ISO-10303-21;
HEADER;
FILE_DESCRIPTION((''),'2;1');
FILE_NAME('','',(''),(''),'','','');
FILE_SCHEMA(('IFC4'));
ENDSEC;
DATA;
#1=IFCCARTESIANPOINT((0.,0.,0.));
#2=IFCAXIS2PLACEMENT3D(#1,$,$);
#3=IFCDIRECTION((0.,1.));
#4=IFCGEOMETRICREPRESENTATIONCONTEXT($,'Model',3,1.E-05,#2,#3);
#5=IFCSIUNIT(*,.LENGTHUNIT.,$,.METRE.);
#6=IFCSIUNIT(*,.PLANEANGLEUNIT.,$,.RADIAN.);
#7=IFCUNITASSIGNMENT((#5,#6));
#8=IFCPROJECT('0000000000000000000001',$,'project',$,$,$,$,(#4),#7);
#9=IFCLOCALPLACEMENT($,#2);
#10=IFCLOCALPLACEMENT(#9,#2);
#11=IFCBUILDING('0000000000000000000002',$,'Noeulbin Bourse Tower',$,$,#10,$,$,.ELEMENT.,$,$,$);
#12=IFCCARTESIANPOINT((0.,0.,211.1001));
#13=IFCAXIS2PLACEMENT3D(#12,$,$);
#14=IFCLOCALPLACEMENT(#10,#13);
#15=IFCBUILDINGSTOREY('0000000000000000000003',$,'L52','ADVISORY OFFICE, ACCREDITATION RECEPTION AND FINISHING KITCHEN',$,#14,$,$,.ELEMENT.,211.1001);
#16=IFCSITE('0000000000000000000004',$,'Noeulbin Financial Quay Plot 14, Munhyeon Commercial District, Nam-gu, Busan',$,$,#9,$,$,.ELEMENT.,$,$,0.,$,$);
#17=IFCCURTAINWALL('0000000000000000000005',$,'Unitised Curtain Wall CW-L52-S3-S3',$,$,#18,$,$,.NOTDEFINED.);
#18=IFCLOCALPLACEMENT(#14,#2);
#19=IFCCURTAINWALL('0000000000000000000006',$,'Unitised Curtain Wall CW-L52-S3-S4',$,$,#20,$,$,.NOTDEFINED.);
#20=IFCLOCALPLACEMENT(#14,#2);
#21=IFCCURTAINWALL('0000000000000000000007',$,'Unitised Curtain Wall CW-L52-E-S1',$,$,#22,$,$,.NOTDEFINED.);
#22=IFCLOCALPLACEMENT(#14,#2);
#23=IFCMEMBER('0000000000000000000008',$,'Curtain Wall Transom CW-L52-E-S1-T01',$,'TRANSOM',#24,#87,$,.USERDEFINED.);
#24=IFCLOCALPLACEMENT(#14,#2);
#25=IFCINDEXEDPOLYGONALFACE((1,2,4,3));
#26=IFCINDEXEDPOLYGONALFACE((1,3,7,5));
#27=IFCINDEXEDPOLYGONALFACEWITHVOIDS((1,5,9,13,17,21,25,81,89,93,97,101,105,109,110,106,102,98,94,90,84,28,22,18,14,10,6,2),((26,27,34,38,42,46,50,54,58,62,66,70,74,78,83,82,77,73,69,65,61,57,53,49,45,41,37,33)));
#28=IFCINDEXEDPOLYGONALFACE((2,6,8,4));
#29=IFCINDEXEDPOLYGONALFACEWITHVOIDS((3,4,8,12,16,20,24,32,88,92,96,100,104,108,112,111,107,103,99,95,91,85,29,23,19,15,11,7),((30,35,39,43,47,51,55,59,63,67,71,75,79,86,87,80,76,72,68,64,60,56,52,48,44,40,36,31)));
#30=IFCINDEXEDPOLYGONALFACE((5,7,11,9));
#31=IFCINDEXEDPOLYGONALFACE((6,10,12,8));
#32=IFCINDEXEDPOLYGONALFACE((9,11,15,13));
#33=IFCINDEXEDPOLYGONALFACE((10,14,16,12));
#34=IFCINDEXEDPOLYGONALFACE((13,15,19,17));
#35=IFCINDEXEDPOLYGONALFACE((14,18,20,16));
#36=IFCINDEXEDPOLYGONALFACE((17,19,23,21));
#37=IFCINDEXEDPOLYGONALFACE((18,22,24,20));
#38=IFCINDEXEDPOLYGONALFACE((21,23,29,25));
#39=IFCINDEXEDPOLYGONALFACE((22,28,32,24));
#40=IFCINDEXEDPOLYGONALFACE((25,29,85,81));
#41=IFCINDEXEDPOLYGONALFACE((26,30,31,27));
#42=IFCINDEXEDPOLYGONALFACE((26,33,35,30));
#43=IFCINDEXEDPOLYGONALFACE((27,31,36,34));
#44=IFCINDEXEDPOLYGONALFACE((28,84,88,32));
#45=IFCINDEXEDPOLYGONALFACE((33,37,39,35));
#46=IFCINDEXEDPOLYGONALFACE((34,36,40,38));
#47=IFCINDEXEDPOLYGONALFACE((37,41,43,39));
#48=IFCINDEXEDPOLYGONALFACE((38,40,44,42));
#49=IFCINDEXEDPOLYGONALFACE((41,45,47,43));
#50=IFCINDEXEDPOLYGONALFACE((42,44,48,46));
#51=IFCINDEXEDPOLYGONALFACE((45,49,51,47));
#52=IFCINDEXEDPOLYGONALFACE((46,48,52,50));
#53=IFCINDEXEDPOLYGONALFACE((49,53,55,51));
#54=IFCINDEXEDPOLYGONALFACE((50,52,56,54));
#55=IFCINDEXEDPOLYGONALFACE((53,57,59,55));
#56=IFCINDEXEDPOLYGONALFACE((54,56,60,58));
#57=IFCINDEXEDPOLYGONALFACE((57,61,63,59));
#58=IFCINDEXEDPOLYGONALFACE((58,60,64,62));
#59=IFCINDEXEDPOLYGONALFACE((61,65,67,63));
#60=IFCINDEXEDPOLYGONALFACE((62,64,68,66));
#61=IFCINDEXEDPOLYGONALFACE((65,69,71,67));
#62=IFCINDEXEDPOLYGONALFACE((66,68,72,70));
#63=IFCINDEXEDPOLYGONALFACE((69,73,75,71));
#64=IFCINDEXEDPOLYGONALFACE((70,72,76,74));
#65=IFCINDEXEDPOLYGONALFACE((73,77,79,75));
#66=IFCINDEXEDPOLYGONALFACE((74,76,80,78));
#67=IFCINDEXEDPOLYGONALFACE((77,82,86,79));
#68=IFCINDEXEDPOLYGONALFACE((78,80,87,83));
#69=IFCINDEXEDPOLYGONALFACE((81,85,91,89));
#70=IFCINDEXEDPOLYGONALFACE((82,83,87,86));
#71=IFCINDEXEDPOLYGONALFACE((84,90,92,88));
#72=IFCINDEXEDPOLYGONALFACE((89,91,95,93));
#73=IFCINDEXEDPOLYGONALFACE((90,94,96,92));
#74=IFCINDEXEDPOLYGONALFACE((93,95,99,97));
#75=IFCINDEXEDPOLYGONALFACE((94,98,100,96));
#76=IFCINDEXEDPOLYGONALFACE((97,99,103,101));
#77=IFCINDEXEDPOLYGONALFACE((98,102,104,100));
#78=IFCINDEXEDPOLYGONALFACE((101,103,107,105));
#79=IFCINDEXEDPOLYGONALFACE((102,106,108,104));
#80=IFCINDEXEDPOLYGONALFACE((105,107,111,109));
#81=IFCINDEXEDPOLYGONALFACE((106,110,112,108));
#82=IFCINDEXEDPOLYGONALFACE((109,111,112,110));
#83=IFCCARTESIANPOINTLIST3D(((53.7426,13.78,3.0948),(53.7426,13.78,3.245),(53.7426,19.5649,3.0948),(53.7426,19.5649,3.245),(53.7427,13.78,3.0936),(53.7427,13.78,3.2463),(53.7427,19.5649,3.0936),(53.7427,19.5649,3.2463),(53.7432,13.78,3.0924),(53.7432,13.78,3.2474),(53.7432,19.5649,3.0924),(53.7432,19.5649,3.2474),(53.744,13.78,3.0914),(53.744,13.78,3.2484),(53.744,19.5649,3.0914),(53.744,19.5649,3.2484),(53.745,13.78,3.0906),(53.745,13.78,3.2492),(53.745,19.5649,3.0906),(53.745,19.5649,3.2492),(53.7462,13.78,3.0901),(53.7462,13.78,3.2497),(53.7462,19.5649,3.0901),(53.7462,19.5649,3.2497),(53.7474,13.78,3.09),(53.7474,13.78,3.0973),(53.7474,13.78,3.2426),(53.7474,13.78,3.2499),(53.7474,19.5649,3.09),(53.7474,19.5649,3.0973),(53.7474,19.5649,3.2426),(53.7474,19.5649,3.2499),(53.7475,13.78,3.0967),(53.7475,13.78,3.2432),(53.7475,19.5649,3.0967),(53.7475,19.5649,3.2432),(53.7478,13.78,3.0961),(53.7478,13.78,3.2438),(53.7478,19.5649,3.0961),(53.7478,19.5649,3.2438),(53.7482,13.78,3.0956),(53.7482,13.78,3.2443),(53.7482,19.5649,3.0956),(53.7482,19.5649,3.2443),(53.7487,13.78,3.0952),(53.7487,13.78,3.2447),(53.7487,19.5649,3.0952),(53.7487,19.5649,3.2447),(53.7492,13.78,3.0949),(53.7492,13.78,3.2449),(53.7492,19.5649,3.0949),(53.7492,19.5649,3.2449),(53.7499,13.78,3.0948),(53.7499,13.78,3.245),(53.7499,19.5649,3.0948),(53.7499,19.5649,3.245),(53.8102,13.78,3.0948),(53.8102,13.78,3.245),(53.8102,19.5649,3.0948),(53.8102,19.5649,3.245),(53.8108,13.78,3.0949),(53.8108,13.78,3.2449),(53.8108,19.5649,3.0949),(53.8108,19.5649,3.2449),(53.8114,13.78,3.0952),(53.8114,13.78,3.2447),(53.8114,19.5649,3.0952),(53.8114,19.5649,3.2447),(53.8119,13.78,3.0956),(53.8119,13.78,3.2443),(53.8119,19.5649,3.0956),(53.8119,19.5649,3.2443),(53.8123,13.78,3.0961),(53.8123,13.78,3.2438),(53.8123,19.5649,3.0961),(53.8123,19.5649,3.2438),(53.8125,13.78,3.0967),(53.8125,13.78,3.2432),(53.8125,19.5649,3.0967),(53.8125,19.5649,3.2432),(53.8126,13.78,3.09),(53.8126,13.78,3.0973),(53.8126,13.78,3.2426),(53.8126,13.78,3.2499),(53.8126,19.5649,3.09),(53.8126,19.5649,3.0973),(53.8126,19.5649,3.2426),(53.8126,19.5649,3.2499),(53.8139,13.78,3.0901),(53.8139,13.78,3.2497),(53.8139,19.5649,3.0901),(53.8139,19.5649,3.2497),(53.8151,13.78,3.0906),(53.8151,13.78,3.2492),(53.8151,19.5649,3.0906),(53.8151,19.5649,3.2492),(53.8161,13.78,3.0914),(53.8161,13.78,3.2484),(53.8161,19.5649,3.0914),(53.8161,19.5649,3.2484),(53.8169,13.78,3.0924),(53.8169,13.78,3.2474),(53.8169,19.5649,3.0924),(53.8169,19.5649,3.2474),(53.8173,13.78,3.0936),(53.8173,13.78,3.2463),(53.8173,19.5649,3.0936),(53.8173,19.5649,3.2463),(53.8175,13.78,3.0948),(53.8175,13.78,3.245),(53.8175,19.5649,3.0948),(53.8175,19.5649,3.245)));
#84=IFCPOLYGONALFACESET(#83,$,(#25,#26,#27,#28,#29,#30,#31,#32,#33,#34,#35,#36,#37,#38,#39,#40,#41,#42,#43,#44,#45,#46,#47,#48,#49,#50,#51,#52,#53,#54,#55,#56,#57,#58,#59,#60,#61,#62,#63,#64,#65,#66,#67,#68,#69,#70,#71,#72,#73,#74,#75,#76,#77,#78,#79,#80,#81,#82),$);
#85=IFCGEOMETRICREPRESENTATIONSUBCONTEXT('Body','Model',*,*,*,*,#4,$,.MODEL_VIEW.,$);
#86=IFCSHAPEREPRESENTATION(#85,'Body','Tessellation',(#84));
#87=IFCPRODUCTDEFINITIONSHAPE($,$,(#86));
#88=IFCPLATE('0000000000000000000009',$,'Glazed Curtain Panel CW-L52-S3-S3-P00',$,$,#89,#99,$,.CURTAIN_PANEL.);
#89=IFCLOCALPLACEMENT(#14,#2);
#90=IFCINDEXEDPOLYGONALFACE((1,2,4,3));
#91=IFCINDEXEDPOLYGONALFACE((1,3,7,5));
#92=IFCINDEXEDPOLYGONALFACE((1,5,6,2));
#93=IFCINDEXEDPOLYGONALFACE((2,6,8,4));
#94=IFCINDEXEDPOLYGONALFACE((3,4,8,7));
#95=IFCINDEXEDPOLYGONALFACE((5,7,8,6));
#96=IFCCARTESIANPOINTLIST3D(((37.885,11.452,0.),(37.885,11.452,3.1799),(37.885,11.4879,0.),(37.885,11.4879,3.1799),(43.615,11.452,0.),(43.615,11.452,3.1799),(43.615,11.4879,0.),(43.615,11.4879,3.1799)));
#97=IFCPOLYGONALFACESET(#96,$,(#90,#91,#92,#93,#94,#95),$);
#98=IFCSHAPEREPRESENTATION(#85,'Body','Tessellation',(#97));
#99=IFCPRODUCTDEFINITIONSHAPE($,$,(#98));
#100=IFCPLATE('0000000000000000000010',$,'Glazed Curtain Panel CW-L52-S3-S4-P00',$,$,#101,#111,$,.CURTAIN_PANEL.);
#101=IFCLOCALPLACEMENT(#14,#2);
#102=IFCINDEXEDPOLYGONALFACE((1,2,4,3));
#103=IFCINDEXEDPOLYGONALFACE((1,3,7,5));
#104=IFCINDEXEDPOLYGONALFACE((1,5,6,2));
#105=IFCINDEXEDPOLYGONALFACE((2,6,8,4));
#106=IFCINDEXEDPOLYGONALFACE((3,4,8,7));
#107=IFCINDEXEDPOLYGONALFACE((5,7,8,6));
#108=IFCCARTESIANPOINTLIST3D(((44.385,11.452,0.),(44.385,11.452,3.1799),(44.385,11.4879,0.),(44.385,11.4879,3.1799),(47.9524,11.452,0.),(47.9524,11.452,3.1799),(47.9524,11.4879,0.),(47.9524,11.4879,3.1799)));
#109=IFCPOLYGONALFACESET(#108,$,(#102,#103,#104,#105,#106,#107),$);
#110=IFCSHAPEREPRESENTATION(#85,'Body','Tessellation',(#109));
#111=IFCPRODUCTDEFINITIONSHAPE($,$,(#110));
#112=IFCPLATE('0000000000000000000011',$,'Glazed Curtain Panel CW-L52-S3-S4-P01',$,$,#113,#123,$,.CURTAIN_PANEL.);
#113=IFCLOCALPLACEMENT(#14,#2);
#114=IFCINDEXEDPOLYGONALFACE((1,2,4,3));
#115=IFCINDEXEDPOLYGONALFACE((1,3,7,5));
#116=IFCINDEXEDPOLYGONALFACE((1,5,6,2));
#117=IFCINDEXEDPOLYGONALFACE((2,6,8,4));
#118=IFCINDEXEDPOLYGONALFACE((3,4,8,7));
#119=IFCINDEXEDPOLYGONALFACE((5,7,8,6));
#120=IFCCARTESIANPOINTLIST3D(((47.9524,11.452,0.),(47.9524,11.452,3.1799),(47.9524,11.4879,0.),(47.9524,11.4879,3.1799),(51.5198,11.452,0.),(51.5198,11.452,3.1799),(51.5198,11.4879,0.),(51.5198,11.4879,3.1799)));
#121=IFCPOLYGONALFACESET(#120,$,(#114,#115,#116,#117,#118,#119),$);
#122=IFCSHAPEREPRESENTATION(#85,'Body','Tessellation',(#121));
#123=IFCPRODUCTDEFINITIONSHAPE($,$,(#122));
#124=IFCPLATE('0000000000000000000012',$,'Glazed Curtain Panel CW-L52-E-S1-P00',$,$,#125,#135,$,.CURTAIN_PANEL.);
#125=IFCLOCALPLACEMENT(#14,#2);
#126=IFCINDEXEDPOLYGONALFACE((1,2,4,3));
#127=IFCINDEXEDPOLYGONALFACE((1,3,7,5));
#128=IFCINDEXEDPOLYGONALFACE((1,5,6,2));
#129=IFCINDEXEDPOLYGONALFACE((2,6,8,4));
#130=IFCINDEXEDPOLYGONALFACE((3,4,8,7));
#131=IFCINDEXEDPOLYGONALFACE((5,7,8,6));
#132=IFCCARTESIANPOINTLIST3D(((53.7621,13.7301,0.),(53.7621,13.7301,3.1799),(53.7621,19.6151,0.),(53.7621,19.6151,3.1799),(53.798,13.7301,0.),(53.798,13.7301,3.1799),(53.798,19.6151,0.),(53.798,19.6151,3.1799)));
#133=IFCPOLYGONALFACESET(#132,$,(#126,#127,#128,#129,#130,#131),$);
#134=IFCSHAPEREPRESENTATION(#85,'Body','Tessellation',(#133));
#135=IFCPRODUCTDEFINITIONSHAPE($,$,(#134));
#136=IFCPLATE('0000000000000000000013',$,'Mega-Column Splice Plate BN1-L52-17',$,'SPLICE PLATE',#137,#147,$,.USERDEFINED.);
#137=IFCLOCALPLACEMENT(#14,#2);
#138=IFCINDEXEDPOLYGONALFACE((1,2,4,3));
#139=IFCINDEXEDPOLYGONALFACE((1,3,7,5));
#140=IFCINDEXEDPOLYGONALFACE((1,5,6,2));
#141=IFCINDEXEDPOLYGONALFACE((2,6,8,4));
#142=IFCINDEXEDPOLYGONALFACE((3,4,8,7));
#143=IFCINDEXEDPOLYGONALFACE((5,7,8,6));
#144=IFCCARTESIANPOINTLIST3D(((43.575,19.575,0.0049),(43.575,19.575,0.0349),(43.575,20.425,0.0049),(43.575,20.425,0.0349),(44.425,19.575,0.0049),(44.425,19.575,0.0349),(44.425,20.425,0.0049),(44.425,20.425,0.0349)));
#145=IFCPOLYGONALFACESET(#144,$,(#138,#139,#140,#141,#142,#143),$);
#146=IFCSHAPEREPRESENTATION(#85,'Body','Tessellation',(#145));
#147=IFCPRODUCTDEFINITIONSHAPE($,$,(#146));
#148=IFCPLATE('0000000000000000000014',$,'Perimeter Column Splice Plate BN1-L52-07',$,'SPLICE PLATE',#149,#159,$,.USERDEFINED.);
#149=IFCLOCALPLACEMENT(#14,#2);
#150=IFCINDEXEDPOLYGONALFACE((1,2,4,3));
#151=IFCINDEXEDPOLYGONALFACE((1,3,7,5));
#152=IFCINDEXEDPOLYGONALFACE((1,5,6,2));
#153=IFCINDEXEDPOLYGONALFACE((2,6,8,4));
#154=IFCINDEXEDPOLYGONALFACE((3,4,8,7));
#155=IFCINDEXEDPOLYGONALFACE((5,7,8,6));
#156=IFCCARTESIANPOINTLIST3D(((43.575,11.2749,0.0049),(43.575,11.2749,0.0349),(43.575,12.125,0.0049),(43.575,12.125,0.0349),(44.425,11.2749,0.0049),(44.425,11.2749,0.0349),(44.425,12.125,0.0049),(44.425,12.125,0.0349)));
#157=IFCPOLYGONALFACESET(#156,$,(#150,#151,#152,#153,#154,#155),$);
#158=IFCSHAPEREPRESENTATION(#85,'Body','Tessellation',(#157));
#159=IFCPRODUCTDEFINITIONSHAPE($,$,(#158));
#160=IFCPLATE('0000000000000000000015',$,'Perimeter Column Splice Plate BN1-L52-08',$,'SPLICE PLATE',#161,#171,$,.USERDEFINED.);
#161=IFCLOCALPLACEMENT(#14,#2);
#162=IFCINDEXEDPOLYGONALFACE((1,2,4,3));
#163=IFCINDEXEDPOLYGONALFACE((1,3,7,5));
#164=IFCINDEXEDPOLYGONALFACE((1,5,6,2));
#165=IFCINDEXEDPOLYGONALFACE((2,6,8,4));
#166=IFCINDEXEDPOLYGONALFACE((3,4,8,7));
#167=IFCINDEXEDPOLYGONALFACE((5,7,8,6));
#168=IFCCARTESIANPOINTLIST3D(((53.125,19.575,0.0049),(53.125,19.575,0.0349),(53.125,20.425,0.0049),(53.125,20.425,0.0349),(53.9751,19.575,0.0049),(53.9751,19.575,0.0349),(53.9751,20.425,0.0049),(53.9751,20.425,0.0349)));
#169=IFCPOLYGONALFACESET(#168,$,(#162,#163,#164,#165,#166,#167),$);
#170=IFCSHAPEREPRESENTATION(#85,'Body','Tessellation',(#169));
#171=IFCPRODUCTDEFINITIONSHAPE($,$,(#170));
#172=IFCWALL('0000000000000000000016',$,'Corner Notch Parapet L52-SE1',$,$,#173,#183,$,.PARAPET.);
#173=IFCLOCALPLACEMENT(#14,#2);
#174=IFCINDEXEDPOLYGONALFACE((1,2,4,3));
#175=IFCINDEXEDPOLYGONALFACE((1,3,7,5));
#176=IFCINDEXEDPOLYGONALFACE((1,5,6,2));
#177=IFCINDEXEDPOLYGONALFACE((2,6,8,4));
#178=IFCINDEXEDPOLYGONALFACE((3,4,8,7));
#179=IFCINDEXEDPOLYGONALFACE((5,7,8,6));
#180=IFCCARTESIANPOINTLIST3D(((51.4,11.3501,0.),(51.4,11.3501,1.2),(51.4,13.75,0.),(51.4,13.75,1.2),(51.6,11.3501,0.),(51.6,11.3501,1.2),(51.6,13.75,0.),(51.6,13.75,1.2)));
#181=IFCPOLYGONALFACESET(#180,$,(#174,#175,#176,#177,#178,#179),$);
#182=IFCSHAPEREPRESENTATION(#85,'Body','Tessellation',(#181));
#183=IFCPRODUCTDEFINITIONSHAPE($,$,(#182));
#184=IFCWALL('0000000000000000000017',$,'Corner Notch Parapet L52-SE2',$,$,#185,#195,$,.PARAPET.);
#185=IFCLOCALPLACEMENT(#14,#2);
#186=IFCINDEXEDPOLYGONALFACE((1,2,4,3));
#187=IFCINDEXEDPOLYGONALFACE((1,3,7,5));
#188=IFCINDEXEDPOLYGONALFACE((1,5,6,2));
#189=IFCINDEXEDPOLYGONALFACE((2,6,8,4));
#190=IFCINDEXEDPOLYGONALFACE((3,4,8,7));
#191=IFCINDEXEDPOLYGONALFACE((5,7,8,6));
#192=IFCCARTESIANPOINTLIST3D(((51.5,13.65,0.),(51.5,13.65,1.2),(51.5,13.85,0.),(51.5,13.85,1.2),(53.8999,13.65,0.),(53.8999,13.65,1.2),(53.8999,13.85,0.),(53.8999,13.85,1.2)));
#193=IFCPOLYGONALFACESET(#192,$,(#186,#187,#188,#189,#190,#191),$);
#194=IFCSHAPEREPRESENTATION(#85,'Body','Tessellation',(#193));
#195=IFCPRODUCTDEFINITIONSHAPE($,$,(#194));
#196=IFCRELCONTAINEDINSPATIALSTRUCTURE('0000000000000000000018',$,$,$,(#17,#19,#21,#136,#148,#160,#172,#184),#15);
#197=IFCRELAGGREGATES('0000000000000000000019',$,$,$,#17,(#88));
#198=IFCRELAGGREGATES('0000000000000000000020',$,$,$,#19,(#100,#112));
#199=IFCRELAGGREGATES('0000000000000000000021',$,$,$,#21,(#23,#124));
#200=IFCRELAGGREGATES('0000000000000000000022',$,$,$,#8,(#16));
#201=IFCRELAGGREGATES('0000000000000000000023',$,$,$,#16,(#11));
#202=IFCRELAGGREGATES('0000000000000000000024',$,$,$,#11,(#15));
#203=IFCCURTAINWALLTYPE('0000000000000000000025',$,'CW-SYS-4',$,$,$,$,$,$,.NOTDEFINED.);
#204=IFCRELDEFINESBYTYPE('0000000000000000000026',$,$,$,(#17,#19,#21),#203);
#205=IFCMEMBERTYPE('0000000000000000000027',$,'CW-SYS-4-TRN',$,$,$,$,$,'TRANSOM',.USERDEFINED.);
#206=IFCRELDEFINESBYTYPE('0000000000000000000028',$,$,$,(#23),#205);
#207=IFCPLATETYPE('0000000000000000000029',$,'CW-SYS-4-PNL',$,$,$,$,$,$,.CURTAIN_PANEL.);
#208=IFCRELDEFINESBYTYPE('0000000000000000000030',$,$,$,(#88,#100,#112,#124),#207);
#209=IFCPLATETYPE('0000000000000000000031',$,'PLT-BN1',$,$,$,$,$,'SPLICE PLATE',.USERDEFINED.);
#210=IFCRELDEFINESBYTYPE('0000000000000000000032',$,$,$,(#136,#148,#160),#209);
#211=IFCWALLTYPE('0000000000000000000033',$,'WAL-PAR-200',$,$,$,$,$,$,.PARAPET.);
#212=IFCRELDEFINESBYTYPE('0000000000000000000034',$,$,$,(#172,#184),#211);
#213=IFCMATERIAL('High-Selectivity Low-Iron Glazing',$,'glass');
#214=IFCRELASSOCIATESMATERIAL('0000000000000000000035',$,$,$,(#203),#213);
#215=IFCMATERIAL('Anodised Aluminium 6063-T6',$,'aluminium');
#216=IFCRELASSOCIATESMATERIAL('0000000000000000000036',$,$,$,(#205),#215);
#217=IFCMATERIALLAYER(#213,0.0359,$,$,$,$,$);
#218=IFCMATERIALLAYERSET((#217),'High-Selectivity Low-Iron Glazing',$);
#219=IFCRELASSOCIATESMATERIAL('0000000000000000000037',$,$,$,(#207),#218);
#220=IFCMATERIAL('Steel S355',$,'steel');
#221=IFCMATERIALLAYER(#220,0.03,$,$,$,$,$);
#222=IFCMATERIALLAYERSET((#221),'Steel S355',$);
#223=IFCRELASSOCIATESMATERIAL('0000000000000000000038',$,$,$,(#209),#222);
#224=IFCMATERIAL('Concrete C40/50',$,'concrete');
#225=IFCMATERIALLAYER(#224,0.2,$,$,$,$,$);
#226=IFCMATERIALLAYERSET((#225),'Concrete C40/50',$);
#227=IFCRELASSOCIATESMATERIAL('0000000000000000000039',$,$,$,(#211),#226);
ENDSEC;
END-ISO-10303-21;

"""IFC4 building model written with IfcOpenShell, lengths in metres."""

from ifc_helpers import new_model, si_unit, direction, frame, frame_2d, origin, origin_2d, place, context, subcontext, project, spatial, rectangle, hollow_rectangle, extrude, material, layer, layer_set, material_profile, profile_set, type_object, element, aggregate, save


model = new_model("IFC4")

# Units and contexts
model_context = context("Model", 3, precision=1e-05, world=origin(), true_north=direction((0.0, 1.0)))
body_context = subcontext(model_context, "Body", "Model", "MODEL_VIEW")
ifc_project = project(units=[si_unit("LENGTHUNIT", "METRE"), si_unit("PLANEANGLEUNIT", "RADIAN")], contexts=[model_context])

# Site, building, storey
site_placement = place(None, origin())
site = spatial("IfcSite", under=ifc_project, at=site_placement, Name="Noeulbin Financial Quay Plot 14, Munhyeon Commercial District, Nam-gu, Busan", CompositionType="ELEMENT", RefElevation=0.0)
building_placement = place(site_placement, origin())
building = spatial("IfcBuilding", under=site, at=building_placement, Name="Noeulbin Bourse Tower", CompositionType="ELEMENT")
storey_placement = place(building_placement, frame((0.0, 0.0, 211.1001)))
storey = spatial("IfcBuildingStorey", under=building, at=storey_placement, Name="L52", Description="ADVISORY OFFICE, ACCREDITATION RECEPTION AND FINISHING KITCHEN", CompositionType="ELEMENT", Elevation=211.1001)

# Shared definitions
ifc_material_1 = material(Name="Steel S355", Category="steel")

# Curtain walls
ifc_material_2 = material(Name="High-Selectivity Low-Iron Glazing", Category="glass")
curtain_wall_type = type_object("IfcCurtainWallType", Name="CW-SYS-4", PredefinedType="NOTDEFINED", material=ifc_material_2)
curtain_wall_1_placement = place(storey_placement, origin())
curtain_wall_1 = element("IfcCurtainWall", 1, at=curtain_wall_1_placement, inside=storey, type_object=curtain_wall_type, Name="Unitised Curtain Wall CW-L52-S3-S3", PredefinedType="NOTDEFINED")
ifc_material_3 = material(Name="Anodised Aluminium 6063-T6", Category="aluminium")
curtain_wall_2_placement = place(storey_placement, origin())
curtain_wall_2 = element("IfcCurtainWall", 2, at=curtain_wall_2_placement, inside=storey, type_object=curtain_wall_type, Name="Unitised Curtain Wall CW-L52-S3-S4", PredefinedType="NOTDEFINED")
curtain_wall_3_placement = place(storey_placement, origin())
curtain_wall_3 = element("IfcCurtainWall", 3, at=curtain_wall_3_placement, inside=storey, type_object=curtain_wall_type, Name="Unitised Curtain Wall CW-L52-E-S1", PredefinedType="NOTDEFINED")

# Member
ifc_material_profile_1 = material_profile(ifc_material_3, hollow_rectangle(XDim=0.075, YDim=0.1599, WallThickness=0.0049, InnerFilletRadius=0.0024, OuterFilletRadius=0.0049, at=origin_2d()), Name="ALU-TRAN-75x160x5", Category="LoadBearing")
ifc_profile_set_1 = profile_set([ifc_material_profile_1], Name="Anodised Aluminium 6063-T6")
member_type_1 = type_object("IfcMemberType", Name="CW-SYS-4-TRN", ElementType="TRANSOM", PredefinedType="USERDEFINED", material=ifc_profile_set_1)
member_1_placement = place(storey_placement, frame((53.78, 13.78, 3.1699), z_axis=(0.0, 1.0, 0.0), x_axis=(-1.0, 0.0, 0.0)))
member_1 = element("IfcMember", 4, at=member_1_placement, type_object=member_type_1, Name="Curtain Wall Transom CW-L52-E-S1-T01", ObjectType="TRANSOM", PredefinedType="USERDEFINED", context=body_context, shape_type="SweptSolid", body=[
    extrude(hollow_rectangle(XDim=0.075, YDim=0.1599, WallThickness=0.0049, InnerFilletRadius=0.0024, OuterFilletRadius=0.0049, at=origin_2d()), origin(), (0.0, 0.0, 1.0), 5.7849),
])

# Plates
ifc_layer_1 = layer(ifc_material_2, 0.0359)
ifc_layer_set_1 = layer_set([ifc_layer_1], Name="High-Selectivity Low-Iron Glazing")
plate_type_1 = type_object("IfcPlateType", Name="CW-SYS-4-PNL", PredefinedType="CURTAIN_PANEL", material=ifc_layer_set_1)
plate_1_placement = place(storey_placement, frame((40.75, 11.47, 0.0), z_axis=(0.0, 0.0, 1.0), x_axis=(1.0, 0.0, 0.0)))
plate_1 = element("IfcPlate", 5, at=plate_1_placement, type_object=plate_type_1, Name="Glazed Curtain Panel CW-L52-S3-S3-P00", PredefinedType="CURTAIN_PANEL", context=body_context, shape_type="SweptSolid", body=[
    extrude(rectangle(XDim=5.73, YDim=0.0359, at=origin_2d()), origin(), (0.0, 0.0, 1.0), 3.1799),
])
aggregate(curtain_wall_1, [plate_1])
plate_2_placement = place(storey_placement, frame((46.1687, 11.47, 0.0), z_axis=(0.0, 0.0, 1.0), x_axis=(1.0, 0.0, 0.0)))
plate_2 = element("IfcPlate", 6, at=plate_2_placement, type_object=plate_type_1, Name="Glazed Curtain Panel CW-L52-S3-S4-P00", PredefinedType="CURTAIN_PANEL", context=body_context, shape_type="SweptSolid", body=[
    extrude(rectangle(XDim=3.5674, YDim=0.0359, at=origin_2d()), origin(), (0.0, 0.0, 1.0), 3.1799),
])
plate_3_placement = place(storey_placement, frame((49.7361, 11.47, 0.0), z_axis=(0.0, 0.0, 1.0), x_axis=(1.0, 0.0, 0.0)))
plate_3 = element("IfcPlate", 7, at=plate_3_placement, type_object=plate_type_1, Name="Glazed Curtain Panel CW-L52-S3-S4-P01", PredefinedType="CURTAIN_PANEL", context=body_context, shape_type="SweptSolid", body=[
    extrude(rectangle(XDim=3.5674, YDim=0.0359, at=origin_2d()), origin(), (0.0, 0.0, 1.0), 3.1799),
])
aggregate(curtain_wall_2, [plate_2, plate_3])
plate_4_placement = place(storey_placement, frame((53.78, 16.6726, 0.0), z_axis=(0.0, 0.0, 1.0), x_axis=(0.0, 1.0, 0.0)))
plate_4 = element("IfcPlate", 8, at=plate_4_placement, type_object=plate_type_1, Name="Glazed Curtain Panel CW-L52-E-S1-P00", PredefinedType="CURTAIN_PANEL", context=body_context, shape_type="SweptSolid", body=[
    extrude(rectangle(XDim=5.885, YDim=0.0359, at=origin_2d()), origin(), (0.0, 0.0, 1.0), 3.1799),
])
aggregate(curtain_wall_3, [member_1, plate_4])

# Plates
ifc_layer_2 = layer(ifc_material_1, 0.03)
ifc_layer_set_2 = layer_set([ifc_layer_2], Name="Steel S355")
plate_type_2 = type_object("IfcPlateType", Name="PLT-BN1", ElementType="SPLICE PLATE", PredefinedType="USERDEFINED", material=ifc_layer_set_2)
for number, where, z_axis, x_axis, name in (
    (9, (44.0, 20.0, 0.0049), (0.0, 0.0, 1.0), (1.0, 0.0, 0.0), "Mega-Column Splice Plate BN1-L52-17"),
    (10, (44.0, 11.7, 0.0049), (0.0, 0.0, 1.0), (1.0, 0.0, 0.0), "Perimeter Column Splice Plate BN1-L52-07"),
    (11, (53.55, 20.0, 0.0049), (0.0, 0.0, 1.0), (1.0, 0.0, 0.0), "Perimeter Column Splice Plate BN1-L52-08"),
):
    element("IfcPlate", number, at=place(storey_placement, frame(where, z_axis=z_axis, x_axis=x_axis)), inside=storey, type_object=plate_type_2, Name=name, ObjectType="SPLICE PLATE", PredefinedType="USERDEFINED", context=body_context, shape_type="SweptSolid", body=[
        extrude(rectangle(XDim=0.8501, YDim=0.8501, at=origin_2d()), origin(), (0.0, 0.0, 1.0), 0.03),
    ])

# Walls
ifc_material_4 = material(Name="Concrete C40/50", Category="concrete")
ifc_layer_3 = layer(ifc_material_4, 0.2)
ifc_layer_set_3 = layer_set([ifc_layer_3], Name="Concrete C40/50")
wall_type_1 = type_object("IfcWallType", Name="WAL-PAR-200", PredefinedType="PARAPET", material=ifc_layer_set_3)
for number, where, z_axis, x_axis, name in (
    (12, (51.5, 11.3501, 0.0), (0.0, 0.0, 1.0), (0.0, 1.0, 0.0), "Corner Notch Parapet L52-SE1"),
    (13, (51.5, 13.75, 0.0), (0.0, 0.0, 1.0), (1.0, 0.0, 0.0), "Corner Notch Parapet L52-SE2"),
):
    element("IfcWall", number, at=place(storey_placement, frame(where, z_axis=z_axis, x_axis=x_axis)), inside=storey, type_object=wall_type_1, Name=name, PredefinedType="PARAPET", context=body_context, shape_type="SweptSolid", body=[
        extrude(rectangle(XDim=2.3999, YDim=0.2, at=frame_2d((1.2, 0.0))), origin(), (0.0, 0.0, 1.0), 1.2),
    ])

save(model, "model.ifc")
